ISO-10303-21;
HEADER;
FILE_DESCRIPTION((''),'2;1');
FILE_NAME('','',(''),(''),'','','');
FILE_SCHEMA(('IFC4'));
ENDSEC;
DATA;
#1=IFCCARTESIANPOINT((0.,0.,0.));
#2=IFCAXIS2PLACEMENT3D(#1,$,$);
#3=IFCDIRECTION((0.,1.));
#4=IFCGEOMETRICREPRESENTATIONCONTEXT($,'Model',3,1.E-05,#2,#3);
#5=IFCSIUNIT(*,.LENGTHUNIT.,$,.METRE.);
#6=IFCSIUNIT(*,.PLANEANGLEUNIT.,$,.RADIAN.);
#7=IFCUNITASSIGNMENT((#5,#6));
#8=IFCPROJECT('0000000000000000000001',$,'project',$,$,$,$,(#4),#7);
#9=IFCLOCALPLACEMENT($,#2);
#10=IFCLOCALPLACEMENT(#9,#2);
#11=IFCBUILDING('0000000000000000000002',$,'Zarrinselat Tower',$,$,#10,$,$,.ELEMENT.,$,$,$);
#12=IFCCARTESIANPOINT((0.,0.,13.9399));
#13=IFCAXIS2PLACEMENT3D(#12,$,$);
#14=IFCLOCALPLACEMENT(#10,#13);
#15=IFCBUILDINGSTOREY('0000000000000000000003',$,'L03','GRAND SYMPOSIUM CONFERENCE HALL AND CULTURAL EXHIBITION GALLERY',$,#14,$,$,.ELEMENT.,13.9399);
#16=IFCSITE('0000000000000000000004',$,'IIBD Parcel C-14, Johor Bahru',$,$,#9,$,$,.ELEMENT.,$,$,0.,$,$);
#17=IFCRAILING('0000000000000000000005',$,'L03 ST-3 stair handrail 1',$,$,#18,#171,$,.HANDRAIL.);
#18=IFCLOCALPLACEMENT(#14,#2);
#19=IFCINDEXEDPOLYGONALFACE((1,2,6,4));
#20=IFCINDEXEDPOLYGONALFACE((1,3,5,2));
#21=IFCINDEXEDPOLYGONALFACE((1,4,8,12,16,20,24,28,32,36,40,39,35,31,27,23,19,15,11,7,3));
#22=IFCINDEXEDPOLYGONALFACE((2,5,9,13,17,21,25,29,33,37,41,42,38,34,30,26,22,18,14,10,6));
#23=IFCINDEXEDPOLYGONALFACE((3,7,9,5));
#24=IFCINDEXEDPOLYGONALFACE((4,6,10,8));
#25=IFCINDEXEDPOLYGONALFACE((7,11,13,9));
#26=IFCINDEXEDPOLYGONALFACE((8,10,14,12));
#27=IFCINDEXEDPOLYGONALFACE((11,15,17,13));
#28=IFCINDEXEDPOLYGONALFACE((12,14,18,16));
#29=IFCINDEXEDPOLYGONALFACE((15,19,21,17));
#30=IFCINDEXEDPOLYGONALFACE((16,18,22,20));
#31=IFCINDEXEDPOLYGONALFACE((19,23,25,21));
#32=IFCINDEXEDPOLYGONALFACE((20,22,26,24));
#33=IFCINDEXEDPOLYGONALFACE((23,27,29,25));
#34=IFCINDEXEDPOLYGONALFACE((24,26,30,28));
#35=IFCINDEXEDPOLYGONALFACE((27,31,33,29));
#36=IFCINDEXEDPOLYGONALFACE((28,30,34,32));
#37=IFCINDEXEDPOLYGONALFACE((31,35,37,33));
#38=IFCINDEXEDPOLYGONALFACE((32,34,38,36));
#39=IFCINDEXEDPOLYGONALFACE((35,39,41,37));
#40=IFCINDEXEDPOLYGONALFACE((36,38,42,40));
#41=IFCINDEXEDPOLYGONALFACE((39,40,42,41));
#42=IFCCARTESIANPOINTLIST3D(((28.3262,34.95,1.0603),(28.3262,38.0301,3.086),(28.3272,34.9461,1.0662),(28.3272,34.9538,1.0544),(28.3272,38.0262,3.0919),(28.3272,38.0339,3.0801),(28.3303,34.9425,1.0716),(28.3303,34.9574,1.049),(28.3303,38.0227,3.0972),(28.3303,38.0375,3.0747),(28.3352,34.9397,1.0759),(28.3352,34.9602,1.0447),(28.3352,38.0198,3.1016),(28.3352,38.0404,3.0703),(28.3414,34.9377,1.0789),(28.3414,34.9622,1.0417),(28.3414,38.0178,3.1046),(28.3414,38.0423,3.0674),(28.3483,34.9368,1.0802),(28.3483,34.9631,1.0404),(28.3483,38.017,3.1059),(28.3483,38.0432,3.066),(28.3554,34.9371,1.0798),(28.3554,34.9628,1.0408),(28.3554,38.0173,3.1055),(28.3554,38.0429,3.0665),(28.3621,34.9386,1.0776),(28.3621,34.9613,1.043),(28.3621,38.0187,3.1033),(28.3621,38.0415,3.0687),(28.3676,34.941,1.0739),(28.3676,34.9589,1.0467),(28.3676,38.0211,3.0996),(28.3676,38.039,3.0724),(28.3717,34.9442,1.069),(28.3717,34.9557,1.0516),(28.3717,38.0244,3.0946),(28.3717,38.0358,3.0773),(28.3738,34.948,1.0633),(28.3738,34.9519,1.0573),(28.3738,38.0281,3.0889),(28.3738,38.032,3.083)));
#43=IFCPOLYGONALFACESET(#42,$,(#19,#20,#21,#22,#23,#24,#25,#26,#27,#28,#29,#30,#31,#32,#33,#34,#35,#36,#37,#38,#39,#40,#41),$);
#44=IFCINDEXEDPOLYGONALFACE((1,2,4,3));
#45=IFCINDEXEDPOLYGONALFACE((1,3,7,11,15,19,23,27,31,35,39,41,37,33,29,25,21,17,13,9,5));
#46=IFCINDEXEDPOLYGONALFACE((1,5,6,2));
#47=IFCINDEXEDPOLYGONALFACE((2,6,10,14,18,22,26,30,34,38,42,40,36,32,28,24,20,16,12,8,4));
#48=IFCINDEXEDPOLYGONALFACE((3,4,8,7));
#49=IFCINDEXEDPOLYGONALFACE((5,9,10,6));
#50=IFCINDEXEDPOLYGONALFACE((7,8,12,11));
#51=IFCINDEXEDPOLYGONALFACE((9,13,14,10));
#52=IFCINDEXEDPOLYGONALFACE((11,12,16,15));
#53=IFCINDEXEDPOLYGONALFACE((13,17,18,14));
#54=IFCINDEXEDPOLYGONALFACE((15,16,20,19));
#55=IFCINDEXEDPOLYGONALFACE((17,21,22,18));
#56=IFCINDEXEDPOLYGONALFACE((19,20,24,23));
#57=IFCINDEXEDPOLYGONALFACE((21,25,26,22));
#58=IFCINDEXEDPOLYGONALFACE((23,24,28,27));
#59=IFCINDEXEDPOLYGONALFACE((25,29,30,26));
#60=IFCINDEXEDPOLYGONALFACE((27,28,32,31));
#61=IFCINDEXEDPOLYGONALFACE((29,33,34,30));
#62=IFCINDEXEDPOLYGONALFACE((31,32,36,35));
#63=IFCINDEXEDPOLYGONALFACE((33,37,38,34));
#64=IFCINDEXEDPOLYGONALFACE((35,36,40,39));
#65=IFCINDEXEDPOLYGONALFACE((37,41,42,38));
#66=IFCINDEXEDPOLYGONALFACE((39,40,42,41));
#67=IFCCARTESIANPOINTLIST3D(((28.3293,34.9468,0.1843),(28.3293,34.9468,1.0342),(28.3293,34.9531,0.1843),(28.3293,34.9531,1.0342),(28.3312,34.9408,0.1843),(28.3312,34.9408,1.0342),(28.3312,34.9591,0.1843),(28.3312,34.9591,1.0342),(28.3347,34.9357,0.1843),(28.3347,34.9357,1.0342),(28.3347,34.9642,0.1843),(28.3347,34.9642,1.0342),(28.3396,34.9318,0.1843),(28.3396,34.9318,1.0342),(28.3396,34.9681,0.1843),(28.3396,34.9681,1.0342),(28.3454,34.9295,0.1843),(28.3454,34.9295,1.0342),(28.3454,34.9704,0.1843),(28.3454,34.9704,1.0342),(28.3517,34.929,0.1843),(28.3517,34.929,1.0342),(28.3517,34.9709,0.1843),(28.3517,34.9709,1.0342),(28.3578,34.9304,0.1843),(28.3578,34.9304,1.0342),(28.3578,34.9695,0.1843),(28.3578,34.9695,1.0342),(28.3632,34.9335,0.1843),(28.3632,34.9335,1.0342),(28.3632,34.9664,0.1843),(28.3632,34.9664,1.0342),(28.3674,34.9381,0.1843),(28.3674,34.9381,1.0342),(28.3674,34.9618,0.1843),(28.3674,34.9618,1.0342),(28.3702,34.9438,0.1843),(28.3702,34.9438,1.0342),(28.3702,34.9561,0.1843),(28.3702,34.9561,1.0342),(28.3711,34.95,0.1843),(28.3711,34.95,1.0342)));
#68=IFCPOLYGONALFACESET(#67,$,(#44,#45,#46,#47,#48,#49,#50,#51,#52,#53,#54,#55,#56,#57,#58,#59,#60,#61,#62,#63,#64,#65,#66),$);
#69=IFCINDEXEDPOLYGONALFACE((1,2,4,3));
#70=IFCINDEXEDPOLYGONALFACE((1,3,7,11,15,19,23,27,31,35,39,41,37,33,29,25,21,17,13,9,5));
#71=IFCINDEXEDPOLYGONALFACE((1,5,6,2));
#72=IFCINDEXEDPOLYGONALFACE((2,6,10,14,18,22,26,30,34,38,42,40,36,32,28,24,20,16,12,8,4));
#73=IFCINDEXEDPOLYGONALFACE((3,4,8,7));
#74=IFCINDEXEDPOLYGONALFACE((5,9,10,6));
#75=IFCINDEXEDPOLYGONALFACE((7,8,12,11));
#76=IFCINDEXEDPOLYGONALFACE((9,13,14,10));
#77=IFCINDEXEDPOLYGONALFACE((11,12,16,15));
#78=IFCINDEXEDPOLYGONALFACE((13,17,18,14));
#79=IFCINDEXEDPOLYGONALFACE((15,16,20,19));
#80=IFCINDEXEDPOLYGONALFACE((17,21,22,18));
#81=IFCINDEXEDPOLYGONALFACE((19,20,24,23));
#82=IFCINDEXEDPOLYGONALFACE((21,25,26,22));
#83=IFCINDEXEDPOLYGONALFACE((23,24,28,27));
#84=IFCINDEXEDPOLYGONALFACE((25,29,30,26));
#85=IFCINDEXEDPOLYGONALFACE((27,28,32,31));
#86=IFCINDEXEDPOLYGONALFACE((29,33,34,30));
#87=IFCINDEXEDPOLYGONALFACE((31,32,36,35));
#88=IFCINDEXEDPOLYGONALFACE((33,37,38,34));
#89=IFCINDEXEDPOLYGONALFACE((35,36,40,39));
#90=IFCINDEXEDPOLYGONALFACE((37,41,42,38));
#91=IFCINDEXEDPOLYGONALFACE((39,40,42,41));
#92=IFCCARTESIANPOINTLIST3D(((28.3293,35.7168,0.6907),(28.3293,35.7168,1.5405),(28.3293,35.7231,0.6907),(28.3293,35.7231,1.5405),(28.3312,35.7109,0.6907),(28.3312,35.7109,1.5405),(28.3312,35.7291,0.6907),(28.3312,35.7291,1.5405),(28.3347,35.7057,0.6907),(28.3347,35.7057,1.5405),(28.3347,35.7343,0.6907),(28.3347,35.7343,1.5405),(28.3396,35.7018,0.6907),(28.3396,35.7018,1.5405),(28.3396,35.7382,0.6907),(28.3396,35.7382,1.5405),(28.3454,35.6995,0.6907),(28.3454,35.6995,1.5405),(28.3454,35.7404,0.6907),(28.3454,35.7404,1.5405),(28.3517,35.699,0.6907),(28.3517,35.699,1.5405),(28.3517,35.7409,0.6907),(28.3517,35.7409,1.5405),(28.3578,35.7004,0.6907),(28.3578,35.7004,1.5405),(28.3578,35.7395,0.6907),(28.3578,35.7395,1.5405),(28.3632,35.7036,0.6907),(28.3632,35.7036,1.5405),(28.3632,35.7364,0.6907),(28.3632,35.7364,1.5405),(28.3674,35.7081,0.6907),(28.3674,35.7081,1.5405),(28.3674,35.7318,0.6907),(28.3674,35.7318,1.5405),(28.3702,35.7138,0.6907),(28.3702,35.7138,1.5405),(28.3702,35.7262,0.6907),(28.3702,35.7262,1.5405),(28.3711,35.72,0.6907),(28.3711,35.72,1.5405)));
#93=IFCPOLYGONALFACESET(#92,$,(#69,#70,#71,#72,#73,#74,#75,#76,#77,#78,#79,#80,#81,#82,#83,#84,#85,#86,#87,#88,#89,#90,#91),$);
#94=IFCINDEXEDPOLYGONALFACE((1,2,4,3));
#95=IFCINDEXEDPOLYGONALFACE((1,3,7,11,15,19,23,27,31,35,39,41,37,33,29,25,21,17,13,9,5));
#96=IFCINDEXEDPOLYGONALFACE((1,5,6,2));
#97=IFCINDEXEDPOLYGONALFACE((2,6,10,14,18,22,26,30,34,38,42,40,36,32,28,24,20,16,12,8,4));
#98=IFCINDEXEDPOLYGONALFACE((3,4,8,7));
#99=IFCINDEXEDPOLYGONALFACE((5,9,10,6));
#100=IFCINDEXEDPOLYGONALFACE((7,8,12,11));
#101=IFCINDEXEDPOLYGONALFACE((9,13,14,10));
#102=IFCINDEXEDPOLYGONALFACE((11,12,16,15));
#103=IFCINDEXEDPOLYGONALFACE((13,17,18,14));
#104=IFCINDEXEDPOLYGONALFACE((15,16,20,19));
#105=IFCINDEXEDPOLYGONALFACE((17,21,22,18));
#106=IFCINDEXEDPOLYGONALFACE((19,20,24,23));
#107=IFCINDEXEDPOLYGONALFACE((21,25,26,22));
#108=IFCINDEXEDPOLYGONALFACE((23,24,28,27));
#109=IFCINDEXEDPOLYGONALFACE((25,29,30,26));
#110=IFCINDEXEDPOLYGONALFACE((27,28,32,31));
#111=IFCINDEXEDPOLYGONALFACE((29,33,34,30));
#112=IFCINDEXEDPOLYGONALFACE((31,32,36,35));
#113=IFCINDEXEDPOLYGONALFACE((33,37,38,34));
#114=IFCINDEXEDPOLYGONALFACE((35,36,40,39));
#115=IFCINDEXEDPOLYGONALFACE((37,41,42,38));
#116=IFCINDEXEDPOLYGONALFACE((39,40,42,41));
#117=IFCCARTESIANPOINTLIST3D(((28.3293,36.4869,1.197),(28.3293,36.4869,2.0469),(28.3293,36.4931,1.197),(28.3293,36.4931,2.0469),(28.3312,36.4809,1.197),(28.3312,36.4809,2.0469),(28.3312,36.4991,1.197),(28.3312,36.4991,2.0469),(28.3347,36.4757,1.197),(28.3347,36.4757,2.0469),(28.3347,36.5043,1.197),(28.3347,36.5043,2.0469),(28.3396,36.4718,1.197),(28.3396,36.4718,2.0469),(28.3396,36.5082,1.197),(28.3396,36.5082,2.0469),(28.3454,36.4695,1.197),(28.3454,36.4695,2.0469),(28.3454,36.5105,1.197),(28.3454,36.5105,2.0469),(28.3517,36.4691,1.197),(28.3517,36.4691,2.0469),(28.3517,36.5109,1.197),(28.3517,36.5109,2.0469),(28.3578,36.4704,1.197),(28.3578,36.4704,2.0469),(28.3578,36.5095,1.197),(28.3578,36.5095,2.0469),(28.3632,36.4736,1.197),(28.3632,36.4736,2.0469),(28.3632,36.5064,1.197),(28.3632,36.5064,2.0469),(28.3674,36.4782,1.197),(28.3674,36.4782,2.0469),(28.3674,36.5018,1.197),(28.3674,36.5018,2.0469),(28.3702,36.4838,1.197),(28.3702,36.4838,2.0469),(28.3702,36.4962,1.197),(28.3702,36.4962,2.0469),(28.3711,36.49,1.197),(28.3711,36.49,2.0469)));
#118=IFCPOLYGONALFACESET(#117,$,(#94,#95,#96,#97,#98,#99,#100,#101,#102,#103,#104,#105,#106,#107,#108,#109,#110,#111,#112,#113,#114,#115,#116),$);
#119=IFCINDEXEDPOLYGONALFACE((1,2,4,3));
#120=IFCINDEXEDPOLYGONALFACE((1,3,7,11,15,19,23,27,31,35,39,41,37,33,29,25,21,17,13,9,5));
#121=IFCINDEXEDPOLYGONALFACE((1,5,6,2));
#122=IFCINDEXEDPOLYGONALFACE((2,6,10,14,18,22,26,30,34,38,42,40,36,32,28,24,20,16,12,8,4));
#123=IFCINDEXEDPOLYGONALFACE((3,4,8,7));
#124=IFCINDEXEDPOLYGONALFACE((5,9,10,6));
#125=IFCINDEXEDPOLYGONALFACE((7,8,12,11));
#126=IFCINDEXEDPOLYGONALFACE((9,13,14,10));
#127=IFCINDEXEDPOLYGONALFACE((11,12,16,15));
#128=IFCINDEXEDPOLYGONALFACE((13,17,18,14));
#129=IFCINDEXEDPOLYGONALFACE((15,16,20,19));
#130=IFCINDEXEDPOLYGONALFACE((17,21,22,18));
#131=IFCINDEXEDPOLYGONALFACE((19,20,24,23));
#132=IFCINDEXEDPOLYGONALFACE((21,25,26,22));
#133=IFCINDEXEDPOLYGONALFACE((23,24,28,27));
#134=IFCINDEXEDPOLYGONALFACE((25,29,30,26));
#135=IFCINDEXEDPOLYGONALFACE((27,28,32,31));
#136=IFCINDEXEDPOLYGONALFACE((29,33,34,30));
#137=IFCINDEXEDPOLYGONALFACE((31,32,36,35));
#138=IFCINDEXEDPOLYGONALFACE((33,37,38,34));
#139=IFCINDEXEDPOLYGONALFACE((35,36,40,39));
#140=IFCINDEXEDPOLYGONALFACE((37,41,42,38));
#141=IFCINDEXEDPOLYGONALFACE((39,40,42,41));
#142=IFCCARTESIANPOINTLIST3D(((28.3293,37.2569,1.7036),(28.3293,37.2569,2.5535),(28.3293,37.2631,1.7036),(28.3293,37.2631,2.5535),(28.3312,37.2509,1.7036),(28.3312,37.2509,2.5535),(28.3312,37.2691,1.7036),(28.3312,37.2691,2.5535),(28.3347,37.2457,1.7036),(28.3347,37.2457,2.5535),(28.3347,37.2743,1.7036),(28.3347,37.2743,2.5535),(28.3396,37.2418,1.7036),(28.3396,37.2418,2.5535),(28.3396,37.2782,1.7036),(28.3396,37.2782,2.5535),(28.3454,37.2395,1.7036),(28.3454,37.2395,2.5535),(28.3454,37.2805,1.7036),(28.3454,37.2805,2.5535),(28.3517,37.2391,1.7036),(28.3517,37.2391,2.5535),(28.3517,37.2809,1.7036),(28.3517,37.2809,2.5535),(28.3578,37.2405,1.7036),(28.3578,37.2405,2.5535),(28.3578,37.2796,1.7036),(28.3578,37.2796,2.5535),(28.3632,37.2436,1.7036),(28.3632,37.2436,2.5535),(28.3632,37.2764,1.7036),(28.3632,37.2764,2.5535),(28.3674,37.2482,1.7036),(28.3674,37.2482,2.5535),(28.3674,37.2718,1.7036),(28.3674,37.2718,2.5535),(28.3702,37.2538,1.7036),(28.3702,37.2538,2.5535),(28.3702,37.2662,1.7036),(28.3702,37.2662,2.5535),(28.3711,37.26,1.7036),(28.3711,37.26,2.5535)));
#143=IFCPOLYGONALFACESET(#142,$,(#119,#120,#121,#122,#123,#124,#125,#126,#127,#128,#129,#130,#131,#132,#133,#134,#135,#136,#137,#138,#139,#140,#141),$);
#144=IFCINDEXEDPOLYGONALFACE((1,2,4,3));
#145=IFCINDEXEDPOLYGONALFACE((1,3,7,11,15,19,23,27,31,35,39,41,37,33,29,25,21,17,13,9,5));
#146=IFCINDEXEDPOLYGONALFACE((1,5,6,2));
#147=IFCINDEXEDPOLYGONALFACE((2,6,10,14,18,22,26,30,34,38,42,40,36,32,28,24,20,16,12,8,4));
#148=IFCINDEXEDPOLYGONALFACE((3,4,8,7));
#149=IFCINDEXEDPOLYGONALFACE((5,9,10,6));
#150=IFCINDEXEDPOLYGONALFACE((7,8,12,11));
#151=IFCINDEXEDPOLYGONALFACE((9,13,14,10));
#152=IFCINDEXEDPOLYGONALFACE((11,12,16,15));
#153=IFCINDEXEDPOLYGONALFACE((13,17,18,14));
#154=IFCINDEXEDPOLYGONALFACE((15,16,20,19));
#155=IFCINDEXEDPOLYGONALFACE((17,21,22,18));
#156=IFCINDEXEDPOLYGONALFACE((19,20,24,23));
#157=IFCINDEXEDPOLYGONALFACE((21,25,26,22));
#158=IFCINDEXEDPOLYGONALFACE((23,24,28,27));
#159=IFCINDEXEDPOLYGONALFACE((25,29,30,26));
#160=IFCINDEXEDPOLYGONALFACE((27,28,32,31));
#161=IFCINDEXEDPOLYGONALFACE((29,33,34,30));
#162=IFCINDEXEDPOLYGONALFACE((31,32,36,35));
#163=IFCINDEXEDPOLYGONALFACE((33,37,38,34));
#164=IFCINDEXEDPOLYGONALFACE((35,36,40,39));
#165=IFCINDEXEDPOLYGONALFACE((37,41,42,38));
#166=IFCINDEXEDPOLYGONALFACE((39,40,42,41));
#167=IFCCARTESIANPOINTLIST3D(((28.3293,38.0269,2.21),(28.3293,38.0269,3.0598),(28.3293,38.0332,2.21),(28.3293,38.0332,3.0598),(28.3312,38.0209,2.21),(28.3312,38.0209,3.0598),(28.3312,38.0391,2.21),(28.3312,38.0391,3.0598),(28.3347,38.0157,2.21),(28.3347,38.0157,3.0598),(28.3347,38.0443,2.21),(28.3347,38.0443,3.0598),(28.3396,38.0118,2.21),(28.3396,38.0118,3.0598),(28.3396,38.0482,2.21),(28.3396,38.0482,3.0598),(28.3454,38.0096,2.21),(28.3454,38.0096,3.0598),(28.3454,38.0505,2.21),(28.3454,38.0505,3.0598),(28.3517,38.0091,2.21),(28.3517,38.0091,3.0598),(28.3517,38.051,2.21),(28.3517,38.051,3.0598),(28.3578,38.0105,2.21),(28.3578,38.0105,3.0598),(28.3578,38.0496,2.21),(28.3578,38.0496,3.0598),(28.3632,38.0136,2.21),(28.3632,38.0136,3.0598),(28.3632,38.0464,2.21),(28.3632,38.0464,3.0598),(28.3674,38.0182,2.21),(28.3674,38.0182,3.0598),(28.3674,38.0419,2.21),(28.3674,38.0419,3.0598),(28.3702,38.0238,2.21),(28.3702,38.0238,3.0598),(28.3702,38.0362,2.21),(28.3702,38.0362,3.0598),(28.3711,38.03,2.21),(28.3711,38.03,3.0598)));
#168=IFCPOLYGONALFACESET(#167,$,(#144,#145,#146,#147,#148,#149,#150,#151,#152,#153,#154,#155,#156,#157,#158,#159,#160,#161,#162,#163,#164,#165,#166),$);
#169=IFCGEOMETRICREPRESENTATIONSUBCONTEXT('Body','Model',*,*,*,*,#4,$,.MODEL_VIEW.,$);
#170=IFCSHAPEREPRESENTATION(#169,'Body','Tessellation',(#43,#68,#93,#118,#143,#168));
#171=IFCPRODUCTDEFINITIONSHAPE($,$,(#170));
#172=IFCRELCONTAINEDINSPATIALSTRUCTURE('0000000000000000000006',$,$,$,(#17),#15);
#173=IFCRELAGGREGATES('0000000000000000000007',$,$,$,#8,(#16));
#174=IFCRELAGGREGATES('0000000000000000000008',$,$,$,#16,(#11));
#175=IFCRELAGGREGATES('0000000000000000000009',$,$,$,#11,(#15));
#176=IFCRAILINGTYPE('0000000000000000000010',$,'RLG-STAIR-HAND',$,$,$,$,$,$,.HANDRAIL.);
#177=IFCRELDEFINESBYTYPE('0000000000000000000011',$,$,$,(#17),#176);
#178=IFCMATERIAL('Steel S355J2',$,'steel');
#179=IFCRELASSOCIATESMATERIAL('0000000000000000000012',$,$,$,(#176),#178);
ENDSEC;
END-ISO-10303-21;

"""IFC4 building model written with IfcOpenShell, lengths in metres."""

from ifc_helpers import new_model, si_unit, direction, frame, origin, origin_2d, place, context, subcontext, project, spatial, circle, extrude, material, type_object, element, save


model = new_model("IFC4")

# Units and contexts
model_context = context("Model", 3, precision=1e-05, world=origin(), true_north=direction((0.0, 1.0)))
body_context = subcontext(model_context, "Body", "Model", "MODEL_VIEW")
ifc_project = project(units=[si_unit("LENGTHUNIT", "METRE"), si_unit("PLANEANGLEUNIT", "RADIAN")], contexts=[model_context])

# Site, building, storey
site_placement = place(None, origin())
site = spatial("IfcSite", under=ifc_project, at=site_placement, Name="IIBD Parcel C-14, Johor Bahru", CompositionType="ELEMENT", RefElevation=0.0)
building_placement = place(site_placement, origin())
building = spatial("IfcBuilding", under=site, at=building_placement, Name="Zarrinselat Tower", CompositionType="ELEMENT")
storey_placement = place(building_placement, frame((0.0, 0.0, 13.9399)))
storey = spatial("IfcBuildingStorey", under=building, at=storey_placement, Name="L03", Description="GRAND SYMPOSIUM CONFERENCE HALL AND CULTURAL EXHIBITION GALLERY", CompositionType="ELEMENT", Elevation=13.9399)

# Railing
ifc_material_1 = material(Name="Steel S355J2", Category="steel")
railing_type_1 = type_object("IfcRailingType", Name="RLG-STAIR-HAND", PredefinedType="HANDRAIL", material=ifc_material_1)
railing_1_placement = place(storey_placement, frame((28.3501, 34.95, 0.1843)))
element("IfcRailing", 1, at=railing_1_placement, inside=storey, type_object=railing_type_1, Name="L03 ST-3 stair handrail 1", PredefinedType="HANDRAIL", context=body_context, shape_type="SweptSolid", body=[
    extrude(circle(Radius=0.0239, at=origin_2d()), frame((0.0, 0.0, 0.876), z_axis=(0.0, 0.835508, 0.549478), x_axis=(-1.0, 0.0, 0.0)), (0.0, 0.0, 1.0), 3.6865),
    extrude(circle(Radius=0.021, at=origin_2d()), origin(), (0.0, 0.0, 1.0), 0.8499),
    extrude(circle(Radius=0.021, at=origin_2d()), frame((0.0, 0.77, 0.5063)), (0.0, 0.0, 1.0), 0.8499),
    extrude(circle(Radius=0.021, at=origin_2d()), frame((0.0, 1.54, 1.0127)), (0.0, 0.0, 1.0), 0.8499),
    extrude(circle(Radius=0.021, at=origin_2d()), frame((0.0, 2.3101, 1.5193)), (0.0, 0.0, 1.0), 0.8499),
    extrude(circle(Radius=0.021, at=origin_2d()), frame((0.0, 3.0801, 2.0256)), (0.0, 0.0, 1.0), 0.8499),
])

save(model, "model.ifc")
